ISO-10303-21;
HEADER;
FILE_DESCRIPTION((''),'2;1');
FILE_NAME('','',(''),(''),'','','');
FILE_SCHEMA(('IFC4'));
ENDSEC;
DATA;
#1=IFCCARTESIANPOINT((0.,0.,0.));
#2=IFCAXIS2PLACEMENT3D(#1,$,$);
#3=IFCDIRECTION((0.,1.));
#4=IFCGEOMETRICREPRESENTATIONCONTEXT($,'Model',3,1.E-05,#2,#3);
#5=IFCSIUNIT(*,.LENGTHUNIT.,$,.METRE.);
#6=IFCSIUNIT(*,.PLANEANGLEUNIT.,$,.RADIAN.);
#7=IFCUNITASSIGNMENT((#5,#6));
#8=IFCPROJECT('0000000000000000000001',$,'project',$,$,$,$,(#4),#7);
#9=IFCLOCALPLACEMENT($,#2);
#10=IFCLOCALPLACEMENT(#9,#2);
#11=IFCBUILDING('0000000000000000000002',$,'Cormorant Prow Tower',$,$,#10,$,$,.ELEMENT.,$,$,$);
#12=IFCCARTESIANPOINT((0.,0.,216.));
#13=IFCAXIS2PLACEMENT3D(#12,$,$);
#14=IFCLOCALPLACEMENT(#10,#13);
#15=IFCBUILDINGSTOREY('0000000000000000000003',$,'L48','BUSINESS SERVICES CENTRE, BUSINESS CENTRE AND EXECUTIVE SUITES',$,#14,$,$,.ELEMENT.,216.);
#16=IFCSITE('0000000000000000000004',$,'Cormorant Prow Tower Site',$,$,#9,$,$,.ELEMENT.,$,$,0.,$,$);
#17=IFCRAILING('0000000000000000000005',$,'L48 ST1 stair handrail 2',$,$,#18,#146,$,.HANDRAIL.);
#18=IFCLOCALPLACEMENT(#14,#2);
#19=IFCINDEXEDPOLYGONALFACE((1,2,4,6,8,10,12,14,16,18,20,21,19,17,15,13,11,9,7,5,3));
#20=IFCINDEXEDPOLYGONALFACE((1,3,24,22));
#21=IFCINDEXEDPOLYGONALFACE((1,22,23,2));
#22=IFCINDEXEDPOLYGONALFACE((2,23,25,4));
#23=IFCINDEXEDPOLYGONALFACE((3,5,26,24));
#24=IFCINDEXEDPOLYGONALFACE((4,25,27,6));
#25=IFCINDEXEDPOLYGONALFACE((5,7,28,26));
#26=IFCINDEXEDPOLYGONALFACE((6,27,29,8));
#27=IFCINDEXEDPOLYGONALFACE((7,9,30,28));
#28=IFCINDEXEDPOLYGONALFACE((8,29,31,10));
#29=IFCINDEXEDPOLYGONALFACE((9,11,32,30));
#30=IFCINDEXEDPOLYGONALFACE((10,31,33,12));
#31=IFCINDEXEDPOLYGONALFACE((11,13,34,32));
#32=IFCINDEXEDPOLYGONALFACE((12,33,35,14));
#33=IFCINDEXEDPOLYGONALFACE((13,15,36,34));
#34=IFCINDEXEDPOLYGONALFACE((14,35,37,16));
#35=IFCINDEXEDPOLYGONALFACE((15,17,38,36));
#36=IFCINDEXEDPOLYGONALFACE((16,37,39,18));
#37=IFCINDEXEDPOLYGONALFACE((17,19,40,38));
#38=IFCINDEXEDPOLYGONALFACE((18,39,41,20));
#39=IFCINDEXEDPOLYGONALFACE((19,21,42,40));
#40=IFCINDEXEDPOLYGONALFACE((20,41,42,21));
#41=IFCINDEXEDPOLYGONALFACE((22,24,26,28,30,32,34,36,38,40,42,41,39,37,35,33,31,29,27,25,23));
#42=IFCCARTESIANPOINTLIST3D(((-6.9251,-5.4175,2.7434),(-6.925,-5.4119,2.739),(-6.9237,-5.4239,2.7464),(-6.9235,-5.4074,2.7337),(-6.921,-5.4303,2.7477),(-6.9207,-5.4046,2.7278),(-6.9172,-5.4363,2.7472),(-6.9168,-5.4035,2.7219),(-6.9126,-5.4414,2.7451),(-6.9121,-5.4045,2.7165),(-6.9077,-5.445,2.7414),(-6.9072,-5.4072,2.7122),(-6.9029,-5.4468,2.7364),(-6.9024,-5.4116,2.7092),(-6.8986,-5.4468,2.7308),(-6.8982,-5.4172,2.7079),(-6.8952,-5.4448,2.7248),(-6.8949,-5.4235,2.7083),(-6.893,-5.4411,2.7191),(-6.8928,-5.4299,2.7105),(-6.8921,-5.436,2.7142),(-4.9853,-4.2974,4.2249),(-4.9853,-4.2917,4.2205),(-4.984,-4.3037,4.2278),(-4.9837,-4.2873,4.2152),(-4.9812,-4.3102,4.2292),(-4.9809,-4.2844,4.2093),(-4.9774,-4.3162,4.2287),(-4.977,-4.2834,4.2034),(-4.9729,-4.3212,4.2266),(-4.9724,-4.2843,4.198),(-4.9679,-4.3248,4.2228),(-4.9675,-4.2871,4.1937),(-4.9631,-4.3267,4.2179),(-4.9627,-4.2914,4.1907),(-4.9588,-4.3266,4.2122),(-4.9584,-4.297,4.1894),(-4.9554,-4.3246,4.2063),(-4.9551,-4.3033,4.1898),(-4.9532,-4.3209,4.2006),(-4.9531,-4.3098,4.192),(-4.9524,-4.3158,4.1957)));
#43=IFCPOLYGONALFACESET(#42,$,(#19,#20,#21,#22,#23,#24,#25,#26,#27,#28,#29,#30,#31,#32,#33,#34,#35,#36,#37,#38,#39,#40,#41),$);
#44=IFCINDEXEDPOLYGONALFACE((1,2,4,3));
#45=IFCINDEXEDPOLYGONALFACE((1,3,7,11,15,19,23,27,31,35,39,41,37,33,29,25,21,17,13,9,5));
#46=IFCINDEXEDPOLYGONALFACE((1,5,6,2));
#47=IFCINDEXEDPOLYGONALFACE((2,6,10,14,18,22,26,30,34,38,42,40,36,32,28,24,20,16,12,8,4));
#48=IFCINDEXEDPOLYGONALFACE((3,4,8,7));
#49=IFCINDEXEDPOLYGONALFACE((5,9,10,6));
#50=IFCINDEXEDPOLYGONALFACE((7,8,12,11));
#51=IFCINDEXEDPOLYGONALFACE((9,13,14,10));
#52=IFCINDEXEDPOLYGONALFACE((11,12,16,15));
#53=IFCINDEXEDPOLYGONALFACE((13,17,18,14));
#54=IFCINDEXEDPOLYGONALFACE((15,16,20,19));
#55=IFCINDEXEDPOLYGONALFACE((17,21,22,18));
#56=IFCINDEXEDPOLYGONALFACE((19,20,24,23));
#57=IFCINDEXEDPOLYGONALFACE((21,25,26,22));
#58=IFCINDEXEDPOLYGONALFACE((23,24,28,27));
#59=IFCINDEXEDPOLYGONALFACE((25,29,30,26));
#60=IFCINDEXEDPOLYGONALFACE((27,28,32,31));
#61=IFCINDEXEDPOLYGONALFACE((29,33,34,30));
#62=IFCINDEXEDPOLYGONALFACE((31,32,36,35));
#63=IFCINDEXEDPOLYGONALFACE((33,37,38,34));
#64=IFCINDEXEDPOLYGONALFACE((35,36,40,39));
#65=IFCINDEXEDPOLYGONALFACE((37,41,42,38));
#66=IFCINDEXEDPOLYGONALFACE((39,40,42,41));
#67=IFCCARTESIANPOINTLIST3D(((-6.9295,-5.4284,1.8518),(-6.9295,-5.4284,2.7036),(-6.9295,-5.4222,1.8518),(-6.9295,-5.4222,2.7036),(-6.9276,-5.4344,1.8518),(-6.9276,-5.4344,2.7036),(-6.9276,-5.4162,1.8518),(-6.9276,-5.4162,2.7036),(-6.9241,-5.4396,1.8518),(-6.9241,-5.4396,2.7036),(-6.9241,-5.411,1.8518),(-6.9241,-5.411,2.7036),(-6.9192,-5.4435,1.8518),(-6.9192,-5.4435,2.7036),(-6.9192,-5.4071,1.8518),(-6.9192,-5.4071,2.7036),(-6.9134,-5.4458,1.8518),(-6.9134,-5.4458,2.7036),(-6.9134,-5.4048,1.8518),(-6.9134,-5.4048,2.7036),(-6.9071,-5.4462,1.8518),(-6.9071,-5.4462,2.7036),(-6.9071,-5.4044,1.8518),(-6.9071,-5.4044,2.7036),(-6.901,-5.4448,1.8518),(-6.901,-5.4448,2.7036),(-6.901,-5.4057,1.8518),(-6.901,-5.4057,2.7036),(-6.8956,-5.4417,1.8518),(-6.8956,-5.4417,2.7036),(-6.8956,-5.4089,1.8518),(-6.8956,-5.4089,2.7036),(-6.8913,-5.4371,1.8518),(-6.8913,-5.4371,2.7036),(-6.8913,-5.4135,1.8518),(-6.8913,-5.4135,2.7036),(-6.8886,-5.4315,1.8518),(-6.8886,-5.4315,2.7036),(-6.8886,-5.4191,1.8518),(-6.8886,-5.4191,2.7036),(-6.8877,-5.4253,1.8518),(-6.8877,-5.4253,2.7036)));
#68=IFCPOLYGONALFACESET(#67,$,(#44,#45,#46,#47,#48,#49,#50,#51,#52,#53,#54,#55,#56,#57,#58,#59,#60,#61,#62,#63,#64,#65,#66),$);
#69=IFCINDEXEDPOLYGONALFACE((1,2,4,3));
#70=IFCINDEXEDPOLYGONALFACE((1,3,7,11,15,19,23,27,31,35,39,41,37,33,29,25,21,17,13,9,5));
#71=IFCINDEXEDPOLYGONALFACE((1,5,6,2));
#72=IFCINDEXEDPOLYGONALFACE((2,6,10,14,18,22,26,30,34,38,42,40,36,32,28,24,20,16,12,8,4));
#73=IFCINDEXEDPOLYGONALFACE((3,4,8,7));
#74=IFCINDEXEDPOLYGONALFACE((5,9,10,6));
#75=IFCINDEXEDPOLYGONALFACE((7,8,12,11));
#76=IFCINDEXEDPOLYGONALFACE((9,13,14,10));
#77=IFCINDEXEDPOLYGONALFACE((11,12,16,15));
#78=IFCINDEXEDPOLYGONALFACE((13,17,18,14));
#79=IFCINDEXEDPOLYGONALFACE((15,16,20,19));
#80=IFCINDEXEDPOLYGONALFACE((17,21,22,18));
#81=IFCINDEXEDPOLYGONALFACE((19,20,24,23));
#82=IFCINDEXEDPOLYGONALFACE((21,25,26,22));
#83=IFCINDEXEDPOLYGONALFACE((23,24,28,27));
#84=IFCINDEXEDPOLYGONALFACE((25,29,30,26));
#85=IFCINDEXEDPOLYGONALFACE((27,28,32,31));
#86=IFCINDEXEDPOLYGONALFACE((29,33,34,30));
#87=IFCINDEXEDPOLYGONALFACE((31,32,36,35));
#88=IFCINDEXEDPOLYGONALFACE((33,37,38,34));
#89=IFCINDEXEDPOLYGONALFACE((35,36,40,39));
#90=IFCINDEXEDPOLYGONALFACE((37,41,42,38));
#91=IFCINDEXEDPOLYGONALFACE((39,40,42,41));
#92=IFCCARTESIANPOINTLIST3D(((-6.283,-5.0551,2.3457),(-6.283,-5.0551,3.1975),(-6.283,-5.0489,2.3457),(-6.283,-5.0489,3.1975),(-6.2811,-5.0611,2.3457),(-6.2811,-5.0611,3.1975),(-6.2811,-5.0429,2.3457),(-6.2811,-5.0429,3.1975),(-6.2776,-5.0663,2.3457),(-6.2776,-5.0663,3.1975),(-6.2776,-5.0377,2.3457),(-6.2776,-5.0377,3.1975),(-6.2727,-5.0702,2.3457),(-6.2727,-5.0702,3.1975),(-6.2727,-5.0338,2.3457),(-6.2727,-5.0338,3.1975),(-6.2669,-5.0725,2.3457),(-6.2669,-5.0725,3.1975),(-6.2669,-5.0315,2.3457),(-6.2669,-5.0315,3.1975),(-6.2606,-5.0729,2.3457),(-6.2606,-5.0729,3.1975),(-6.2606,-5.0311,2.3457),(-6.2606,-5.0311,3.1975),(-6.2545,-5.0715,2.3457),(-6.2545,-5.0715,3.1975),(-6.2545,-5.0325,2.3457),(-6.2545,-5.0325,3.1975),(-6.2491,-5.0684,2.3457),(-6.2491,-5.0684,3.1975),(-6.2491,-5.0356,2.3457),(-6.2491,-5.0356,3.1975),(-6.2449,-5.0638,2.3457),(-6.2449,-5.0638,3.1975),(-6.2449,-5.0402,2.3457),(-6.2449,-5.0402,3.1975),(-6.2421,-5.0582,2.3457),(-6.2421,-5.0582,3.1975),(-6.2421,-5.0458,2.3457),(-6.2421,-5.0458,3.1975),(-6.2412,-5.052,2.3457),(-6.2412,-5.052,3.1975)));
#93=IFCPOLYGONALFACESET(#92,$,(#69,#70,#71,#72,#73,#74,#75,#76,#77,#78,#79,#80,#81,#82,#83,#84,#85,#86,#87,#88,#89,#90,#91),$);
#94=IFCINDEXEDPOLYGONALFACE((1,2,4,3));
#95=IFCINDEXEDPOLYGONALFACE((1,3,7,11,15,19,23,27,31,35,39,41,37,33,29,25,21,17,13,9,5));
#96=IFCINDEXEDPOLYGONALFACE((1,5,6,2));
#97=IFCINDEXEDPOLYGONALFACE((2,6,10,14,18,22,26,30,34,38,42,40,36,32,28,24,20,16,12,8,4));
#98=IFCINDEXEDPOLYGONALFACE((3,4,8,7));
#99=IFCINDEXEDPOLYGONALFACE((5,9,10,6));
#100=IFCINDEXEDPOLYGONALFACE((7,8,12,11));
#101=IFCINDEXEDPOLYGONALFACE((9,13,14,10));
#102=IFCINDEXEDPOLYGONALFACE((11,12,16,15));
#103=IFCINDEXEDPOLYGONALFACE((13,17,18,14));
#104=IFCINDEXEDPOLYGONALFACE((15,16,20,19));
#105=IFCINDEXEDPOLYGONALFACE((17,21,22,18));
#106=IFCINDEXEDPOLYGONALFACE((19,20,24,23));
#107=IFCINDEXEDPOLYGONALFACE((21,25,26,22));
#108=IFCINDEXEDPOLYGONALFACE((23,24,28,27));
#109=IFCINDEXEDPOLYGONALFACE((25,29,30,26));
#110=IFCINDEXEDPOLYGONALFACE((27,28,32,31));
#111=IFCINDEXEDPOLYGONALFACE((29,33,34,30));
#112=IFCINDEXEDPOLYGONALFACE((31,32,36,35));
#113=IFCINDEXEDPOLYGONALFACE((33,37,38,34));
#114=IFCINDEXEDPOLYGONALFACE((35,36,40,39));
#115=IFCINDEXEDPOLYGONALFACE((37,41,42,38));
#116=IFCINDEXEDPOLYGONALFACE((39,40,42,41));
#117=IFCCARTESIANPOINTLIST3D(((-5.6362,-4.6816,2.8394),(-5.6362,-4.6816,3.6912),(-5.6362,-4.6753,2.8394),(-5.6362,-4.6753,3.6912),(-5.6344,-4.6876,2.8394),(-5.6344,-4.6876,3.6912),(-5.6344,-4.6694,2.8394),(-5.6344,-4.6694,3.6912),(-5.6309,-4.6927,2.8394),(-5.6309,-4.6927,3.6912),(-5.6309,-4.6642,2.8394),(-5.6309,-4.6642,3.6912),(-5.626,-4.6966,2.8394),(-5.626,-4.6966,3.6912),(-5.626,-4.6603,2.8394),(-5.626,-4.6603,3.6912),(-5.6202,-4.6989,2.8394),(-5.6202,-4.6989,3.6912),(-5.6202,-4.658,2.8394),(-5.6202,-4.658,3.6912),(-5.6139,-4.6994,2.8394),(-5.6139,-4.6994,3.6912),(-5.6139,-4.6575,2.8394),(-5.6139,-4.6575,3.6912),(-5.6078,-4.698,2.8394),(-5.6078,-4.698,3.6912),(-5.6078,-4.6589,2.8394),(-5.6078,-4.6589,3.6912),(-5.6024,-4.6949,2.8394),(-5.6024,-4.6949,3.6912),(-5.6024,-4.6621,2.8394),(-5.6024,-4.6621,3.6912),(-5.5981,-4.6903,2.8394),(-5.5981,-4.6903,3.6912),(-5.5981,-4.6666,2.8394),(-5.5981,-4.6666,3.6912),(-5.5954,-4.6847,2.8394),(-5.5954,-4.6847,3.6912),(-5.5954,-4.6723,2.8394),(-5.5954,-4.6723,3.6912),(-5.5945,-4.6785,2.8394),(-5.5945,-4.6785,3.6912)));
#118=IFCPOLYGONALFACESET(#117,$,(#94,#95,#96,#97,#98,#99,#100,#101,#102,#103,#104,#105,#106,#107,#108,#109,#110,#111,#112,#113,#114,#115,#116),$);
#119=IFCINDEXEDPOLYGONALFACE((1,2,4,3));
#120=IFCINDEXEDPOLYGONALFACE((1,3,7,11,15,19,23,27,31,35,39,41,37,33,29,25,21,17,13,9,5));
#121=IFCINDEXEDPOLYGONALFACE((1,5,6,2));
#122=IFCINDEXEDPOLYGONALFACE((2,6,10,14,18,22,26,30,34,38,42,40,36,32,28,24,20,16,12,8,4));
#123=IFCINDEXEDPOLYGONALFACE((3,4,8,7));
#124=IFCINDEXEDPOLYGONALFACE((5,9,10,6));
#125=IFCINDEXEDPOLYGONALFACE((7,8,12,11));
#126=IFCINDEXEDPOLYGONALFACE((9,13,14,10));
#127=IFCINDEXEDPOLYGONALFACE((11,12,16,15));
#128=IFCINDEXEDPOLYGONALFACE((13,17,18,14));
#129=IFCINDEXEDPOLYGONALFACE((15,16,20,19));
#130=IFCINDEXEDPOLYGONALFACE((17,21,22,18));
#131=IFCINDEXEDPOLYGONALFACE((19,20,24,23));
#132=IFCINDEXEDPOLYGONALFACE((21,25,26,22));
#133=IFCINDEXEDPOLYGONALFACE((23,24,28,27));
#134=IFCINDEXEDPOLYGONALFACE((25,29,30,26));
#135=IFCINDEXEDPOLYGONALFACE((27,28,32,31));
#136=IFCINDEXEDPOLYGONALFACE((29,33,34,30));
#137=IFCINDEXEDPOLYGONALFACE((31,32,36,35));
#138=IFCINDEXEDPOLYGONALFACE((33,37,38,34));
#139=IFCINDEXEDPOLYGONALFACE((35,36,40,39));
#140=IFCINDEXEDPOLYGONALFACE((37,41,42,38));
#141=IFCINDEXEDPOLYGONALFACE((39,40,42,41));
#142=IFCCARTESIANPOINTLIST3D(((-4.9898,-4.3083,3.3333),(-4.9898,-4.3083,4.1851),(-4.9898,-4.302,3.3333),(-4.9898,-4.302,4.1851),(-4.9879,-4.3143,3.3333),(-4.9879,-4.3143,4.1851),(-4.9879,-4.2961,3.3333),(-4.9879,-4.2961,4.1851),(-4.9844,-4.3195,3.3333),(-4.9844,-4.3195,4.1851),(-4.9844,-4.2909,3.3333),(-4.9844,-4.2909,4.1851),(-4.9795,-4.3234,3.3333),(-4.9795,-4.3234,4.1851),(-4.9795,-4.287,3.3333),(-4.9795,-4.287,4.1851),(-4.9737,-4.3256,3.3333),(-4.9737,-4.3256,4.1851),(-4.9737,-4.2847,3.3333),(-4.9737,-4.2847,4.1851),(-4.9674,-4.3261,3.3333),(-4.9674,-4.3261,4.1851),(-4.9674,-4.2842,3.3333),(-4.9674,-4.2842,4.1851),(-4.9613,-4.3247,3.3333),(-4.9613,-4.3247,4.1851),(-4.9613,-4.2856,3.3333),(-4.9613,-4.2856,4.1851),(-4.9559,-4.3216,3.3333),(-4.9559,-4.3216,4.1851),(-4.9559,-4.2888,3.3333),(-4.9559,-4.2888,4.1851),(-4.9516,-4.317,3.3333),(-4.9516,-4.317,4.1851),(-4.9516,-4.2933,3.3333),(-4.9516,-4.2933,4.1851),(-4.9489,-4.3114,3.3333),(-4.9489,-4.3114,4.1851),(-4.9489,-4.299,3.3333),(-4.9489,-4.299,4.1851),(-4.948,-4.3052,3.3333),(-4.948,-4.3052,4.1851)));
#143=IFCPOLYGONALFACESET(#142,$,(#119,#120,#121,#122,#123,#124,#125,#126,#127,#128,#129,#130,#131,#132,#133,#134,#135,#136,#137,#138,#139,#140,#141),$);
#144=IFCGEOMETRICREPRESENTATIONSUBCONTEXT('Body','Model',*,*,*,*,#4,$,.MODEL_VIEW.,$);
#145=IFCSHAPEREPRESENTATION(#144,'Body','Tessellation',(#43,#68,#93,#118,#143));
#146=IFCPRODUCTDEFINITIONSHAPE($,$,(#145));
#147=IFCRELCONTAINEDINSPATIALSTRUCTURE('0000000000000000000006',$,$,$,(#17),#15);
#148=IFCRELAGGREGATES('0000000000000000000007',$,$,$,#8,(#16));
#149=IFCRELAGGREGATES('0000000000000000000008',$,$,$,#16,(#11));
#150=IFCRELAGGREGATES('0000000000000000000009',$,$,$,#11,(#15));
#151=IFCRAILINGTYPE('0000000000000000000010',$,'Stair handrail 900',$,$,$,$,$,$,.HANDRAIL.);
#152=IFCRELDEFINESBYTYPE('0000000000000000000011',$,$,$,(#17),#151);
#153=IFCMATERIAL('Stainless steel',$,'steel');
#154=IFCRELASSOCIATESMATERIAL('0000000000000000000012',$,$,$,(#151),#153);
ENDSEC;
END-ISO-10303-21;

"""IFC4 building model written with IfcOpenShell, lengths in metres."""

from ifc_helpers import new_model, si_unit, direction, frame, origin, origin_2d, place, context, subcontext, project, spatial, circle, extrude, material, type_object, element, save


model = new_model("IFC4")

# Units and contexts
model_context = context("Model", 3, precision=1e-05, world=origin(), true_north=direction((0.0, 1.0)))
body_context = subcontext(model_context, "Body", "Model", "MODEL_VIEW")
ifc_project = project(units=[si_unit("LENGTHUNIT", "METRE"), si_unit("PLANEANGLEUNIT", "RADIAN")], contexts=[model_context])

# Site, building, storey
site_placement = place(None, origin())
site = spatial("IfcSite", under=ifc_project, at=site_placement, Name="Cormorant Prow Tower Site", CompositionType="ELEMENT", RefElevation=0.0)
building_placement = place(site_placement, origin())
building = spatial("IfcBuilding", under=site, at=building_placement, Name="Cormorant Prow Tower", CompositionType="ELEMENT")
storey_placement = place(building_placement, frame((0.0, 0.0, 216.0)))
storey = spatial("IfcBuildingStorey", under=building, at=storey_placement, Name="L48", Description="BUSINESS SERVICES CENTRE, BUSINESS CENTRE AND EXECUTIVE SUITES", CompositionType="ELEMENT", Elevation=216.0)

# Railing
ifc_material_1 = material(Name="Stainless steel", Category="steel")
railing_type = type_object("IfcRailingType", Name="Stair handrail 900", PredefinedType="HANDRAIL", material=ifc_material_1)
railing_placement = place(storey_placement, frame((-6.9087, -5.4253, 1.8518)))
element("IfcRailing", 1, at=railing_placement, inside=storey, type_object=railing_type, Name="L48 ST1 stair handrail 2", PredefinedType="HANDRAIL", context=body_context, shape_type="SweptSolid", body=[
    extrude(circle(Radius=0.0239, at=origin_2d()), frame((0.0, 0.0, 0.876), z_axis=(0.722292, 0.417102, 0.551651), x_axis=(-0.500078, 0.86598, 0.0)), (0.0, 0.0, 1.0), 2.6855),
    extrude(circle(Radius=0.021, at=origin_2d()), origin(), (0.0, 0.0, 1.0), 0.8518),
    extrude(circle(Radius=0.021, at=origin_2d()), frame((0.6465, 0.3733, 0.4939)), (0.0, 0.0, 1.0), 0.8518),
    extrude(circle(Radius=0.021, at=origin_2d()), frame((1.2932, 0.7468, 0.9875)), (0.0, 0.0, 1.0), 0.8518),
    extrude(circle(Radius=0.021, at=origin_2d()), frame((1.9397, 1.1201, 1.4814)), (0.0, 0.0, 1.0), 0.8518),
])

save(model, "model.ifc")
